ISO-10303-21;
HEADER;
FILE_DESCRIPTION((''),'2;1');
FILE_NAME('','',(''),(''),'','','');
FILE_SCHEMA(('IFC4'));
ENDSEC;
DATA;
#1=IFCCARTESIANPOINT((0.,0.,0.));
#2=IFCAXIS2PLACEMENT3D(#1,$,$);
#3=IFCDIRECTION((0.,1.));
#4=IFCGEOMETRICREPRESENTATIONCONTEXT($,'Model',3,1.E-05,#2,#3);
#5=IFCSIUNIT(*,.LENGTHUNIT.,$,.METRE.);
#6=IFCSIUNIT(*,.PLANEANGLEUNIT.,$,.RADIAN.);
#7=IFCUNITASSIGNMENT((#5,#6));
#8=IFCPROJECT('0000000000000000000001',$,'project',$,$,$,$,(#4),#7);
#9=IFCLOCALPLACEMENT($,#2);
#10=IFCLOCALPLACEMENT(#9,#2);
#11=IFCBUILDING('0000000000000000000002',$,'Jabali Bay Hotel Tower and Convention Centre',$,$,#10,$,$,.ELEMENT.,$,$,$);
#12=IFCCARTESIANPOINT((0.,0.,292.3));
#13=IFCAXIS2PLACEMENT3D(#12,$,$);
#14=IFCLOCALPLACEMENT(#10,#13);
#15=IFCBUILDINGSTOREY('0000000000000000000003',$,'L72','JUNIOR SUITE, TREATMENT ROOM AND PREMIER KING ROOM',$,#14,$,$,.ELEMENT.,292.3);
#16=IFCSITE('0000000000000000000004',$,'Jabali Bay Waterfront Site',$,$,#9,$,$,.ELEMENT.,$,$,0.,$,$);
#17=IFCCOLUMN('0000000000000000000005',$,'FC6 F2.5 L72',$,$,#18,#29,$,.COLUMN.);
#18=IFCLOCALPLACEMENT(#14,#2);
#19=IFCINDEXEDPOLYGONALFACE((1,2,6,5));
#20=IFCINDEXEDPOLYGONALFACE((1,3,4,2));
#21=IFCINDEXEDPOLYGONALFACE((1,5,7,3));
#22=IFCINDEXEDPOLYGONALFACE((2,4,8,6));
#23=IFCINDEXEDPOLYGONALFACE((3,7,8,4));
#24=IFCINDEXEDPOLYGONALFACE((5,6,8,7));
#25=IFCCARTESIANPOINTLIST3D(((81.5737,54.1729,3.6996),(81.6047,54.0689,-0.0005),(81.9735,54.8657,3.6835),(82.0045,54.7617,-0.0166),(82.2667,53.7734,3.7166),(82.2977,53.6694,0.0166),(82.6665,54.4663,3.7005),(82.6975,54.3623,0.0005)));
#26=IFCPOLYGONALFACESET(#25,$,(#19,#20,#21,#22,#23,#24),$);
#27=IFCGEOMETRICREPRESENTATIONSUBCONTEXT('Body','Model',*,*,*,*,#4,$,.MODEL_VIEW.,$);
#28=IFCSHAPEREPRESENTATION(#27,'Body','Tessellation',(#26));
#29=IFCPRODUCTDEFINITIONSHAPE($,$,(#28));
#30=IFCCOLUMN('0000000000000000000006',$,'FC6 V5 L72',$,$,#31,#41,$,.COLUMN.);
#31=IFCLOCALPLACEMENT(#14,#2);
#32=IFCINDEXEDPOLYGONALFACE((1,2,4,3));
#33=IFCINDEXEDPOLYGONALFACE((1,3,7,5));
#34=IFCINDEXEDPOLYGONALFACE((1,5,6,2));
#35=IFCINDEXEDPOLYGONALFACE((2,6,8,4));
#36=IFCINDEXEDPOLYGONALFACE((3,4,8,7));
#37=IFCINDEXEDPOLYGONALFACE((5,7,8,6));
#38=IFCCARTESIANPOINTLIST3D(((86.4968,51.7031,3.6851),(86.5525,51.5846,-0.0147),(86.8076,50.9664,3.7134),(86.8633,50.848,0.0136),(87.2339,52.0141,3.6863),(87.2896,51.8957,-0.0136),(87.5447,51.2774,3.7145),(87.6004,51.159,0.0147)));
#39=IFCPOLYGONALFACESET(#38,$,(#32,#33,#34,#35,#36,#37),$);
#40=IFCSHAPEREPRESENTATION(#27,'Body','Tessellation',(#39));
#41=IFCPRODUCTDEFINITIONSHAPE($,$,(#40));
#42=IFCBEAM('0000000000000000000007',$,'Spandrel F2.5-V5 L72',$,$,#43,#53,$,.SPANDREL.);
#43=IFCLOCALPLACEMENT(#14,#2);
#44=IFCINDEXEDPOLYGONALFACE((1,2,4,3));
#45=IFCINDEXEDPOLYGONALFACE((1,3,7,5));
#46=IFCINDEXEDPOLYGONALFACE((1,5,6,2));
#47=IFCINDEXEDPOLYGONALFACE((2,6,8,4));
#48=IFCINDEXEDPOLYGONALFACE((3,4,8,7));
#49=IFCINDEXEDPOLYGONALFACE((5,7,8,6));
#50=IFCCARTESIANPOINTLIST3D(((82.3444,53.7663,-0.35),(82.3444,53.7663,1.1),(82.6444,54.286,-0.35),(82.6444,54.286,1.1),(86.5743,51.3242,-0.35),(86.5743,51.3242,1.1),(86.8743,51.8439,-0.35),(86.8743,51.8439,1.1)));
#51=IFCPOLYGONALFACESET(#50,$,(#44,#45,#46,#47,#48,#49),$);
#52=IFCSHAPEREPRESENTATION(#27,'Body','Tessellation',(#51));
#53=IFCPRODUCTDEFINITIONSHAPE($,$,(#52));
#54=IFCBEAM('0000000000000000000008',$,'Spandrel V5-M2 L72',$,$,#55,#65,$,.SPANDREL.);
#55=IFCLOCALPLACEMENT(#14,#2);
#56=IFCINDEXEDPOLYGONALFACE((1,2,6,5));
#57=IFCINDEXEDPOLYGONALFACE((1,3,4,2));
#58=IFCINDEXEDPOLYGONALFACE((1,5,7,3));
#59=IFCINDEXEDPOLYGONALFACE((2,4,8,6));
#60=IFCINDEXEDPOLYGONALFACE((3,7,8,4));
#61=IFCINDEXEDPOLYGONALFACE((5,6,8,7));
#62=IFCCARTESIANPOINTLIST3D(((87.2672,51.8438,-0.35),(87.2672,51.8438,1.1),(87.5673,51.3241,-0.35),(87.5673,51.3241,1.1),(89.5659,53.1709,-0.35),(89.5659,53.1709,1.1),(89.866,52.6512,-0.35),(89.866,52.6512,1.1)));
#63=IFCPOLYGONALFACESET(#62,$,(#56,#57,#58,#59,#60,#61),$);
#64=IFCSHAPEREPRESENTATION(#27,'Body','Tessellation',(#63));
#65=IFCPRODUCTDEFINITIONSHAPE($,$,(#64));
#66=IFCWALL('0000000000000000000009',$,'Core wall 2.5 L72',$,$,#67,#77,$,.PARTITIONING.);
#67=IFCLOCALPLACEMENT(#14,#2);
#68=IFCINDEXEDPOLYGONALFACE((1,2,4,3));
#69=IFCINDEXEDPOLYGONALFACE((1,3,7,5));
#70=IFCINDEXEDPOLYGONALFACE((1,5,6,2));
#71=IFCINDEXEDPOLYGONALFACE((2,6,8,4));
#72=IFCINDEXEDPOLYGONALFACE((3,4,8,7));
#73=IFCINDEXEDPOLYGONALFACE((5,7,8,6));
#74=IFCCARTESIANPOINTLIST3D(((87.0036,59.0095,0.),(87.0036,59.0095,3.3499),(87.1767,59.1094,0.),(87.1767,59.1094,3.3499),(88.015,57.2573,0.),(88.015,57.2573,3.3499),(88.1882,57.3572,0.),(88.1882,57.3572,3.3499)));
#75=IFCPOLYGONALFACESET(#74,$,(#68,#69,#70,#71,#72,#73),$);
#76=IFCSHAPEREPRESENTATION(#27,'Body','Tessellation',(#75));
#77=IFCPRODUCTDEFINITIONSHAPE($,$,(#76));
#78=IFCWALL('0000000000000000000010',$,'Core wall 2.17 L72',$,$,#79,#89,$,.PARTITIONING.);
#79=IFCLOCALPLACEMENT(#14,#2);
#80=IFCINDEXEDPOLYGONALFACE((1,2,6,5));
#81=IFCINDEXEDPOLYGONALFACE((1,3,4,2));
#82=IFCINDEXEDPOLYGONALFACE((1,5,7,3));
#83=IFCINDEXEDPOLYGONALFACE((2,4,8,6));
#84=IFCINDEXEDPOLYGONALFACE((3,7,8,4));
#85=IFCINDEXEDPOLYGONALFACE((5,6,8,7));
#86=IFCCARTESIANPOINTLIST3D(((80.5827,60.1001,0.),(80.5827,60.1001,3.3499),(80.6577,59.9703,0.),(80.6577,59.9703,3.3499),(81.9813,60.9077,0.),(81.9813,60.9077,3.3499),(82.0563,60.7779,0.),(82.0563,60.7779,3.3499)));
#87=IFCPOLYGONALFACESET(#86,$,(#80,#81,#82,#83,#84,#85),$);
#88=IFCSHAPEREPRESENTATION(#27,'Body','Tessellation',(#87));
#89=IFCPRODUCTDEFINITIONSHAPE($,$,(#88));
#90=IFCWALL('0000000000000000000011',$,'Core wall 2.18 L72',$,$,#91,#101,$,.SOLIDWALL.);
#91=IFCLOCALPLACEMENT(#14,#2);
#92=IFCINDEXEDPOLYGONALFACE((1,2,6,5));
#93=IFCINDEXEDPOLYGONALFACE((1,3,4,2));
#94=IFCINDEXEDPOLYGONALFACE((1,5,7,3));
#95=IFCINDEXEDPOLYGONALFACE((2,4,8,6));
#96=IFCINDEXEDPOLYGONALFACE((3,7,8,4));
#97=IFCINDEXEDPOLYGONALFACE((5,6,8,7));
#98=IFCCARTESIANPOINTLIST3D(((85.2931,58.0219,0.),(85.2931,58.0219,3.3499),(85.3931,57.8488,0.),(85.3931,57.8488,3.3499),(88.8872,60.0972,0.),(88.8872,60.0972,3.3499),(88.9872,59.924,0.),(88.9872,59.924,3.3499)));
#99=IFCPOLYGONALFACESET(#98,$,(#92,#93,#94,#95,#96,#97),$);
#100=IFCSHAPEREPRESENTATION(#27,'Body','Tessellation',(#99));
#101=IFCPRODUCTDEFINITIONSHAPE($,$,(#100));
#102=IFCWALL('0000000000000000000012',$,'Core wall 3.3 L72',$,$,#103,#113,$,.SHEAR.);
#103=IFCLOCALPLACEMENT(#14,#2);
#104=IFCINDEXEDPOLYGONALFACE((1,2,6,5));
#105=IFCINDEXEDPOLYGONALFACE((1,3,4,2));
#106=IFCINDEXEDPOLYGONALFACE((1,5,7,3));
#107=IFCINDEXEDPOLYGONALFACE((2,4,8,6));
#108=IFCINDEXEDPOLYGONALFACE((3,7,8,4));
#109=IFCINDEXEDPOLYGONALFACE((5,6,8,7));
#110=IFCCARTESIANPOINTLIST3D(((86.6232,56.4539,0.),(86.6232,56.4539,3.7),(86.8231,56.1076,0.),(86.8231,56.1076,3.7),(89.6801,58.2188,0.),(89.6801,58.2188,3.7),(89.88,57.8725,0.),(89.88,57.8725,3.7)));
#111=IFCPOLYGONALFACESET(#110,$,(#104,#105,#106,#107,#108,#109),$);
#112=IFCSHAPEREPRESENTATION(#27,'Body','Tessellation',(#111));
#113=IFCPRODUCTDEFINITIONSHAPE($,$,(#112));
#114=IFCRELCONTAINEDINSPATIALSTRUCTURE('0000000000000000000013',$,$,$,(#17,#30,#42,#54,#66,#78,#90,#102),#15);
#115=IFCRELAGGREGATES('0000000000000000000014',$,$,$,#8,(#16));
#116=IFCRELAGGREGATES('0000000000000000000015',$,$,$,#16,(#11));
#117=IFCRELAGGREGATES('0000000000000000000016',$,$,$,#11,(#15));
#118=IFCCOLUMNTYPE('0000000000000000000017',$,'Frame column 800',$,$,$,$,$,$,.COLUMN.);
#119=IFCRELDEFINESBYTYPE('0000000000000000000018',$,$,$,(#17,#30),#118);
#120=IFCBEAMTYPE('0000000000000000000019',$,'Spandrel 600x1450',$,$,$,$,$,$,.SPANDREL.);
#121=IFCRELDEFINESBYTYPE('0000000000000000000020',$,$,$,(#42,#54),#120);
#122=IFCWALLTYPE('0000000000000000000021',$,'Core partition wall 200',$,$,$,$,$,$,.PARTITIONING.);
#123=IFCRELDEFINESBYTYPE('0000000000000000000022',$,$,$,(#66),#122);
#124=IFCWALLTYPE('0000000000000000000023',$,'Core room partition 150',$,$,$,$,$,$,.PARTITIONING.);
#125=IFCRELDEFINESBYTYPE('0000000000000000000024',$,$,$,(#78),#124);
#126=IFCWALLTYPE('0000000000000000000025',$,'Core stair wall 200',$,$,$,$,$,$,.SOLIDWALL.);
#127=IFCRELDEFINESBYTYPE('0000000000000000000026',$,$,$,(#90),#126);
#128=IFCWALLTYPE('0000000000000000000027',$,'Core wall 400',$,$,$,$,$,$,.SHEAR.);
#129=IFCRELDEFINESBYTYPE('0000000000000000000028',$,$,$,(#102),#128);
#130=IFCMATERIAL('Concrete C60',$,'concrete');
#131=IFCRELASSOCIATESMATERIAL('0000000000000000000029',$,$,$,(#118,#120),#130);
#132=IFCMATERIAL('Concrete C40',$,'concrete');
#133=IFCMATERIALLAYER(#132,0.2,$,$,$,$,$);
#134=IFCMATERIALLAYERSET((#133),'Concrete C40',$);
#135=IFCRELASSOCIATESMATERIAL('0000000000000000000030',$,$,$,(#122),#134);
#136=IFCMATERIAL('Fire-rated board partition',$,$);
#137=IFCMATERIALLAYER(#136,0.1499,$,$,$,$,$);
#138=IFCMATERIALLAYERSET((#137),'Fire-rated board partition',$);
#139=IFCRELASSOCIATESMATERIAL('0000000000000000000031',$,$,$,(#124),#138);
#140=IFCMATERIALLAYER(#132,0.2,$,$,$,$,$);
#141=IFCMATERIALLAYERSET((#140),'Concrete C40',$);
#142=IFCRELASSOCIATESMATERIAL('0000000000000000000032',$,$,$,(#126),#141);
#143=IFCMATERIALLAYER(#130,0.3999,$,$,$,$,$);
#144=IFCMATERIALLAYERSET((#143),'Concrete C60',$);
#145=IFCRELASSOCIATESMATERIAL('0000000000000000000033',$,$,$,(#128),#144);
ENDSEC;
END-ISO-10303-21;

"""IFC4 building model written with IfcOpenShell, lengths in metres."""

from ifc_helpers import new_model, si_unit, direction, frame, frame_2d, origin, origin_2d, place, context, subcontext, project, spatial, rectangle, extrude, material, layer, layer_set, material_profile, profile_set, type_object, element, save


model = new_model("IFC4")

# Units and contexts
model_context = context("Model", 3, precision=1e-05, world=origin(), true_north=direction((0.0, 1.0)))
body_context = subcontext(model_context, "Body", "Model", "MODEL_VIEW")
ifc_project = project(units=[si_unit("LENGTHUNIT", "METRE"), si_unit("PLANEANGLEUNIT", "RADIAN")], contexts=[model_context])

# Site, building, storey
site_placement = place(None, origin())
site = spatial("IfcSite", under=ifc_project, at=site_placement, Name="Jabali Bay Waterfront Site", CompositionType="ELEMENT", RefElevation=0.0)
building_placement = place(site_placement, origin())
building = spatial("IfcBuilding", under=site, at=building_placement, Name="Jabali Bay Hotel Tower and Convention Centre", CompositionType="ELEMENT")
storey_placement = place(building_placement, frame((0.0, 0.0, 292.3)))
storey = spatial("IfcBuildingStorey", under=building, at=storey_placement, Name="L72", Description="JUNIOR SUITE, TREATMENT ROOM AND PREMIER KING ROOM", CompositionType="ELEMENT", Elevation=292.3)

# Columns
ifc_material_1 = material(Name="Concrete C60", Category="concrete")
ifc_material_profile_1 = material_profile(ifc_material_1, rectangle(XDim=0.8, YDim=0.8, at=origin_2d()), Name="Frame column 800")
ifc_profile_set_1 = profile_set([ifc_material_profile_1], Name="Concrete C60")
column_type = type_object("IfcColumnType", Name="Frame column 800", PredefinedType="COLUMN", material=ifc_profile_set_1)
column_1_placement = place(storey_placement, frame((82.1511, 54.2156, 0.0), z_axis=(-0.008376, 0.028097, 0.99957), x_axis=(-0.499684, -0.865973, 0.020155)))
element("IfcColumn", 1, at=column_1_placement, inside=storey, type_object=column_type, Name="FC6 F2.5 L72", PredefinedType="COLUMN", context=body_context, shape_type="SweptSolid", body=[
    extrude(rectangle(XDim=0.8, YDim=0.8, at=origin_2d()), origin(), (0.0, 0.0, 1.0), 3.7017),
])
column_2_placement = place(storey_placement, frame((87.0764, 51.3718, 0.0), z_axis=(-0.015035, 0.031983, 0.999375), x_axis=(0.38847, -0.920785, 0.035312)))
element("IfcColumn", 2, at=column_2_placement, inside=storey, type_object=column_type, Name="FC6 V5 L72", PredefinedType="COLUMN", context=body_context, shape_type="SweptSolid", body=[
    extrude(rectangle(XDim=0.8, YDim=0.8, at=origin_2d()), origin(), (0.0, 0.0, 1.0), 3.7021),
])

# Beams
ifc_material_profile_2 = material_profile(ifc_material_1, rectangle(XDim=0.6001, YDim=1.45, at=origin_2d()), Name="Spandrel 600x1450")
ifc_profile_set_2 = profile_set([ifc_material_profile_2], Name="Concrete C60")
beam_type = type_object("IfcBeamType", Name="Spandrel 600x1450", PredefinedType="SPANDREL", material=ifc_profile_set_2)
beam_1_placement = place(storey_placement, frame((82.4944, 54.0261, 0.375), z_axis=(0.866029, -0.499994, 0.0), x_axis=(0.499994, 0.866029, 0.0)))
element("IfcBeam", 3, at=beam_1_placement, inside=storey, type_object=beam_type, Name="Spandrel F2.5-V5 L72", PredefinedType="SPANDREL", context=body_context, shape_type="SweptSolid", body=[
    extrude(rectangle(XDim=0.6001, YDim=1.45, at=origin_2d()), origin(), (0.0, 0.0, 1.0), 4.8843),
])
beam_2_placement = place(storey_placement, frame((87.4172, 51.584, 0.375), z_axis=(0.866039, 0.499977, 0.0), x_axis=(-0.499977, 0.866039, 0.0)))
element("IfcBeam", 4, at=beam_2_placement, inside=storey, type_object=beam_type, Name="Spandrel V5-M2 L72", PredefinedType="SPANDREL", context=body_context, shape_type="SweptSolid", body=[
    extrude(rectangle(XDim=0.6001, YDim=1.45, at=origin_2d()), origin(), (0.0, 0.0, 1.0), 2.6543),
])

# Walls
ifc_material_2 = material(Name="Concrete C40", Category="concrete")
ifc_layer_1 = layer(ifc_material_2, 0.2)
ifc_layer_set_1 = layer_set([ifc_layer_1], Name="Concrete C40")
wall_type_1 = type_object("IfcWallType", Name="Core partition wall 200", PredefinedType="PARTITIONING", material=ifc_layer_set_1)
wall_1_placement = place(storey_placement, frame((87.0901, 59.0596, 0.0), z_axis=(0.0, 0.0, 1.0), x_axis=(0.499942, -0.866059, 0.0)))
element("IfcWall", 5, at=wall_1_placement, inside=storey, type_object=wall_type_1, Name="Core wall 2.5 L72", PredefinedType="PARTITIONING", context=body_context, shape_type="SweptSolid", body=[
    extrude(rectangle(XDim=2.0232, YDim=0.2, at=frame_2d((1.0117, 0.0))), origin(), (0.0, 0.0, 1.0), 3.3499),
])
ifc_material_3 = material(Name="Fire-rated board partition")
ifc_layer_2 = layer(ifc_material_3, 0.1499)
ifc_layer_set_2 = layer_set([ifc_layer_2], Name="Fire-rated board partition")
wall_type_2 = type_object("IfcWallType", Name="Core room partition 150", PredefinedType="PARTITIONING", material=ifc_layer_set_2)
wall_2_placement = place(storey_placement, frame((80.6201, 60.0352, 0.0), z_axis=(0.0, 0.0, 1.0), x_axis=(0.866002, 0.500041, 0.0)))
element("IfcWall", 6, at=wall_2_placement, inside=storey, type_object=wall_type_2, Name="Core wall 2.17 L72", PredefinedType="PARTITIONING", context=body_context, shape_type="SweptSolid", body=[
    extrude(rectangle(XDim=1.615, YDim=0.1499, at=frame_2d((0.8076, 0.0))), origin(), (0.0, 0.0, 1.0), 3.3499),
])
ifc_layer_3 = layer(ifc_material_2, 0.2)
ifc_layer_set_3 = layer_set([ifc_layer_3], Name="Concrete C40")
wall_type_3 = type_object("IfcWallType", Name="Core stair wall 200", PredefinedType="SOLIDWALL", material=ifc_layer_set_3)
wall_3_placement = place(storey_placement, frame((85.343, 57.9353, 0.0), z_axis=(0.0, 0.0, 1.0), x_axis=(0.866004, 0.500036, 0.0)))
element("IfcWall", 7, at=wall_3_placement, inside=storey, type_object=wall_type_3, Name="Core wall 2.18 L72", PredefinedType="SOLIDWALL", context=body_context, shape_type="SweptSolid", body=[
    extrude(rectangle(XDim=4.1501, YDim=0.2, at=frame_2d((2.0752, 0.0))), origin(), (0.0, 0.0, 1.0), 3.3499),
])
ifc_layer_4 = layer(ifc_material_1, 0.3999)
ifc_layer_set_4 = layer_set([ifc_layer_4], Name="Concrete C60")
wall_type_4 = type_object("IfcWallType", Name="Core wall 400", PredefinedType="SHEAR", material=ifc_layer_set_4)
wall_4_placement = place(storey_placement, frame((86.7231, 56.2808, 0.0), z_axis=(0.0, 0.0, 1.0), x_axis=(0.866025, 0.5, 0.0)))
element("IfcWall", 8, at=wall_4_placement, inside=storey, type_object=wall_type_4, Name="Core wall 3.3 L72", PredefinedType="SHEAR", context=body_context, shape_type="SweptSolid", body=[
    extrude(rectangle(XDim=3.5298, YDim=0.3999, at=frame_2d((1.7649, 0.0))), origin(), (0.0, 0.0, 1.0), 3.7),
])

save(model, "model.ifc")
